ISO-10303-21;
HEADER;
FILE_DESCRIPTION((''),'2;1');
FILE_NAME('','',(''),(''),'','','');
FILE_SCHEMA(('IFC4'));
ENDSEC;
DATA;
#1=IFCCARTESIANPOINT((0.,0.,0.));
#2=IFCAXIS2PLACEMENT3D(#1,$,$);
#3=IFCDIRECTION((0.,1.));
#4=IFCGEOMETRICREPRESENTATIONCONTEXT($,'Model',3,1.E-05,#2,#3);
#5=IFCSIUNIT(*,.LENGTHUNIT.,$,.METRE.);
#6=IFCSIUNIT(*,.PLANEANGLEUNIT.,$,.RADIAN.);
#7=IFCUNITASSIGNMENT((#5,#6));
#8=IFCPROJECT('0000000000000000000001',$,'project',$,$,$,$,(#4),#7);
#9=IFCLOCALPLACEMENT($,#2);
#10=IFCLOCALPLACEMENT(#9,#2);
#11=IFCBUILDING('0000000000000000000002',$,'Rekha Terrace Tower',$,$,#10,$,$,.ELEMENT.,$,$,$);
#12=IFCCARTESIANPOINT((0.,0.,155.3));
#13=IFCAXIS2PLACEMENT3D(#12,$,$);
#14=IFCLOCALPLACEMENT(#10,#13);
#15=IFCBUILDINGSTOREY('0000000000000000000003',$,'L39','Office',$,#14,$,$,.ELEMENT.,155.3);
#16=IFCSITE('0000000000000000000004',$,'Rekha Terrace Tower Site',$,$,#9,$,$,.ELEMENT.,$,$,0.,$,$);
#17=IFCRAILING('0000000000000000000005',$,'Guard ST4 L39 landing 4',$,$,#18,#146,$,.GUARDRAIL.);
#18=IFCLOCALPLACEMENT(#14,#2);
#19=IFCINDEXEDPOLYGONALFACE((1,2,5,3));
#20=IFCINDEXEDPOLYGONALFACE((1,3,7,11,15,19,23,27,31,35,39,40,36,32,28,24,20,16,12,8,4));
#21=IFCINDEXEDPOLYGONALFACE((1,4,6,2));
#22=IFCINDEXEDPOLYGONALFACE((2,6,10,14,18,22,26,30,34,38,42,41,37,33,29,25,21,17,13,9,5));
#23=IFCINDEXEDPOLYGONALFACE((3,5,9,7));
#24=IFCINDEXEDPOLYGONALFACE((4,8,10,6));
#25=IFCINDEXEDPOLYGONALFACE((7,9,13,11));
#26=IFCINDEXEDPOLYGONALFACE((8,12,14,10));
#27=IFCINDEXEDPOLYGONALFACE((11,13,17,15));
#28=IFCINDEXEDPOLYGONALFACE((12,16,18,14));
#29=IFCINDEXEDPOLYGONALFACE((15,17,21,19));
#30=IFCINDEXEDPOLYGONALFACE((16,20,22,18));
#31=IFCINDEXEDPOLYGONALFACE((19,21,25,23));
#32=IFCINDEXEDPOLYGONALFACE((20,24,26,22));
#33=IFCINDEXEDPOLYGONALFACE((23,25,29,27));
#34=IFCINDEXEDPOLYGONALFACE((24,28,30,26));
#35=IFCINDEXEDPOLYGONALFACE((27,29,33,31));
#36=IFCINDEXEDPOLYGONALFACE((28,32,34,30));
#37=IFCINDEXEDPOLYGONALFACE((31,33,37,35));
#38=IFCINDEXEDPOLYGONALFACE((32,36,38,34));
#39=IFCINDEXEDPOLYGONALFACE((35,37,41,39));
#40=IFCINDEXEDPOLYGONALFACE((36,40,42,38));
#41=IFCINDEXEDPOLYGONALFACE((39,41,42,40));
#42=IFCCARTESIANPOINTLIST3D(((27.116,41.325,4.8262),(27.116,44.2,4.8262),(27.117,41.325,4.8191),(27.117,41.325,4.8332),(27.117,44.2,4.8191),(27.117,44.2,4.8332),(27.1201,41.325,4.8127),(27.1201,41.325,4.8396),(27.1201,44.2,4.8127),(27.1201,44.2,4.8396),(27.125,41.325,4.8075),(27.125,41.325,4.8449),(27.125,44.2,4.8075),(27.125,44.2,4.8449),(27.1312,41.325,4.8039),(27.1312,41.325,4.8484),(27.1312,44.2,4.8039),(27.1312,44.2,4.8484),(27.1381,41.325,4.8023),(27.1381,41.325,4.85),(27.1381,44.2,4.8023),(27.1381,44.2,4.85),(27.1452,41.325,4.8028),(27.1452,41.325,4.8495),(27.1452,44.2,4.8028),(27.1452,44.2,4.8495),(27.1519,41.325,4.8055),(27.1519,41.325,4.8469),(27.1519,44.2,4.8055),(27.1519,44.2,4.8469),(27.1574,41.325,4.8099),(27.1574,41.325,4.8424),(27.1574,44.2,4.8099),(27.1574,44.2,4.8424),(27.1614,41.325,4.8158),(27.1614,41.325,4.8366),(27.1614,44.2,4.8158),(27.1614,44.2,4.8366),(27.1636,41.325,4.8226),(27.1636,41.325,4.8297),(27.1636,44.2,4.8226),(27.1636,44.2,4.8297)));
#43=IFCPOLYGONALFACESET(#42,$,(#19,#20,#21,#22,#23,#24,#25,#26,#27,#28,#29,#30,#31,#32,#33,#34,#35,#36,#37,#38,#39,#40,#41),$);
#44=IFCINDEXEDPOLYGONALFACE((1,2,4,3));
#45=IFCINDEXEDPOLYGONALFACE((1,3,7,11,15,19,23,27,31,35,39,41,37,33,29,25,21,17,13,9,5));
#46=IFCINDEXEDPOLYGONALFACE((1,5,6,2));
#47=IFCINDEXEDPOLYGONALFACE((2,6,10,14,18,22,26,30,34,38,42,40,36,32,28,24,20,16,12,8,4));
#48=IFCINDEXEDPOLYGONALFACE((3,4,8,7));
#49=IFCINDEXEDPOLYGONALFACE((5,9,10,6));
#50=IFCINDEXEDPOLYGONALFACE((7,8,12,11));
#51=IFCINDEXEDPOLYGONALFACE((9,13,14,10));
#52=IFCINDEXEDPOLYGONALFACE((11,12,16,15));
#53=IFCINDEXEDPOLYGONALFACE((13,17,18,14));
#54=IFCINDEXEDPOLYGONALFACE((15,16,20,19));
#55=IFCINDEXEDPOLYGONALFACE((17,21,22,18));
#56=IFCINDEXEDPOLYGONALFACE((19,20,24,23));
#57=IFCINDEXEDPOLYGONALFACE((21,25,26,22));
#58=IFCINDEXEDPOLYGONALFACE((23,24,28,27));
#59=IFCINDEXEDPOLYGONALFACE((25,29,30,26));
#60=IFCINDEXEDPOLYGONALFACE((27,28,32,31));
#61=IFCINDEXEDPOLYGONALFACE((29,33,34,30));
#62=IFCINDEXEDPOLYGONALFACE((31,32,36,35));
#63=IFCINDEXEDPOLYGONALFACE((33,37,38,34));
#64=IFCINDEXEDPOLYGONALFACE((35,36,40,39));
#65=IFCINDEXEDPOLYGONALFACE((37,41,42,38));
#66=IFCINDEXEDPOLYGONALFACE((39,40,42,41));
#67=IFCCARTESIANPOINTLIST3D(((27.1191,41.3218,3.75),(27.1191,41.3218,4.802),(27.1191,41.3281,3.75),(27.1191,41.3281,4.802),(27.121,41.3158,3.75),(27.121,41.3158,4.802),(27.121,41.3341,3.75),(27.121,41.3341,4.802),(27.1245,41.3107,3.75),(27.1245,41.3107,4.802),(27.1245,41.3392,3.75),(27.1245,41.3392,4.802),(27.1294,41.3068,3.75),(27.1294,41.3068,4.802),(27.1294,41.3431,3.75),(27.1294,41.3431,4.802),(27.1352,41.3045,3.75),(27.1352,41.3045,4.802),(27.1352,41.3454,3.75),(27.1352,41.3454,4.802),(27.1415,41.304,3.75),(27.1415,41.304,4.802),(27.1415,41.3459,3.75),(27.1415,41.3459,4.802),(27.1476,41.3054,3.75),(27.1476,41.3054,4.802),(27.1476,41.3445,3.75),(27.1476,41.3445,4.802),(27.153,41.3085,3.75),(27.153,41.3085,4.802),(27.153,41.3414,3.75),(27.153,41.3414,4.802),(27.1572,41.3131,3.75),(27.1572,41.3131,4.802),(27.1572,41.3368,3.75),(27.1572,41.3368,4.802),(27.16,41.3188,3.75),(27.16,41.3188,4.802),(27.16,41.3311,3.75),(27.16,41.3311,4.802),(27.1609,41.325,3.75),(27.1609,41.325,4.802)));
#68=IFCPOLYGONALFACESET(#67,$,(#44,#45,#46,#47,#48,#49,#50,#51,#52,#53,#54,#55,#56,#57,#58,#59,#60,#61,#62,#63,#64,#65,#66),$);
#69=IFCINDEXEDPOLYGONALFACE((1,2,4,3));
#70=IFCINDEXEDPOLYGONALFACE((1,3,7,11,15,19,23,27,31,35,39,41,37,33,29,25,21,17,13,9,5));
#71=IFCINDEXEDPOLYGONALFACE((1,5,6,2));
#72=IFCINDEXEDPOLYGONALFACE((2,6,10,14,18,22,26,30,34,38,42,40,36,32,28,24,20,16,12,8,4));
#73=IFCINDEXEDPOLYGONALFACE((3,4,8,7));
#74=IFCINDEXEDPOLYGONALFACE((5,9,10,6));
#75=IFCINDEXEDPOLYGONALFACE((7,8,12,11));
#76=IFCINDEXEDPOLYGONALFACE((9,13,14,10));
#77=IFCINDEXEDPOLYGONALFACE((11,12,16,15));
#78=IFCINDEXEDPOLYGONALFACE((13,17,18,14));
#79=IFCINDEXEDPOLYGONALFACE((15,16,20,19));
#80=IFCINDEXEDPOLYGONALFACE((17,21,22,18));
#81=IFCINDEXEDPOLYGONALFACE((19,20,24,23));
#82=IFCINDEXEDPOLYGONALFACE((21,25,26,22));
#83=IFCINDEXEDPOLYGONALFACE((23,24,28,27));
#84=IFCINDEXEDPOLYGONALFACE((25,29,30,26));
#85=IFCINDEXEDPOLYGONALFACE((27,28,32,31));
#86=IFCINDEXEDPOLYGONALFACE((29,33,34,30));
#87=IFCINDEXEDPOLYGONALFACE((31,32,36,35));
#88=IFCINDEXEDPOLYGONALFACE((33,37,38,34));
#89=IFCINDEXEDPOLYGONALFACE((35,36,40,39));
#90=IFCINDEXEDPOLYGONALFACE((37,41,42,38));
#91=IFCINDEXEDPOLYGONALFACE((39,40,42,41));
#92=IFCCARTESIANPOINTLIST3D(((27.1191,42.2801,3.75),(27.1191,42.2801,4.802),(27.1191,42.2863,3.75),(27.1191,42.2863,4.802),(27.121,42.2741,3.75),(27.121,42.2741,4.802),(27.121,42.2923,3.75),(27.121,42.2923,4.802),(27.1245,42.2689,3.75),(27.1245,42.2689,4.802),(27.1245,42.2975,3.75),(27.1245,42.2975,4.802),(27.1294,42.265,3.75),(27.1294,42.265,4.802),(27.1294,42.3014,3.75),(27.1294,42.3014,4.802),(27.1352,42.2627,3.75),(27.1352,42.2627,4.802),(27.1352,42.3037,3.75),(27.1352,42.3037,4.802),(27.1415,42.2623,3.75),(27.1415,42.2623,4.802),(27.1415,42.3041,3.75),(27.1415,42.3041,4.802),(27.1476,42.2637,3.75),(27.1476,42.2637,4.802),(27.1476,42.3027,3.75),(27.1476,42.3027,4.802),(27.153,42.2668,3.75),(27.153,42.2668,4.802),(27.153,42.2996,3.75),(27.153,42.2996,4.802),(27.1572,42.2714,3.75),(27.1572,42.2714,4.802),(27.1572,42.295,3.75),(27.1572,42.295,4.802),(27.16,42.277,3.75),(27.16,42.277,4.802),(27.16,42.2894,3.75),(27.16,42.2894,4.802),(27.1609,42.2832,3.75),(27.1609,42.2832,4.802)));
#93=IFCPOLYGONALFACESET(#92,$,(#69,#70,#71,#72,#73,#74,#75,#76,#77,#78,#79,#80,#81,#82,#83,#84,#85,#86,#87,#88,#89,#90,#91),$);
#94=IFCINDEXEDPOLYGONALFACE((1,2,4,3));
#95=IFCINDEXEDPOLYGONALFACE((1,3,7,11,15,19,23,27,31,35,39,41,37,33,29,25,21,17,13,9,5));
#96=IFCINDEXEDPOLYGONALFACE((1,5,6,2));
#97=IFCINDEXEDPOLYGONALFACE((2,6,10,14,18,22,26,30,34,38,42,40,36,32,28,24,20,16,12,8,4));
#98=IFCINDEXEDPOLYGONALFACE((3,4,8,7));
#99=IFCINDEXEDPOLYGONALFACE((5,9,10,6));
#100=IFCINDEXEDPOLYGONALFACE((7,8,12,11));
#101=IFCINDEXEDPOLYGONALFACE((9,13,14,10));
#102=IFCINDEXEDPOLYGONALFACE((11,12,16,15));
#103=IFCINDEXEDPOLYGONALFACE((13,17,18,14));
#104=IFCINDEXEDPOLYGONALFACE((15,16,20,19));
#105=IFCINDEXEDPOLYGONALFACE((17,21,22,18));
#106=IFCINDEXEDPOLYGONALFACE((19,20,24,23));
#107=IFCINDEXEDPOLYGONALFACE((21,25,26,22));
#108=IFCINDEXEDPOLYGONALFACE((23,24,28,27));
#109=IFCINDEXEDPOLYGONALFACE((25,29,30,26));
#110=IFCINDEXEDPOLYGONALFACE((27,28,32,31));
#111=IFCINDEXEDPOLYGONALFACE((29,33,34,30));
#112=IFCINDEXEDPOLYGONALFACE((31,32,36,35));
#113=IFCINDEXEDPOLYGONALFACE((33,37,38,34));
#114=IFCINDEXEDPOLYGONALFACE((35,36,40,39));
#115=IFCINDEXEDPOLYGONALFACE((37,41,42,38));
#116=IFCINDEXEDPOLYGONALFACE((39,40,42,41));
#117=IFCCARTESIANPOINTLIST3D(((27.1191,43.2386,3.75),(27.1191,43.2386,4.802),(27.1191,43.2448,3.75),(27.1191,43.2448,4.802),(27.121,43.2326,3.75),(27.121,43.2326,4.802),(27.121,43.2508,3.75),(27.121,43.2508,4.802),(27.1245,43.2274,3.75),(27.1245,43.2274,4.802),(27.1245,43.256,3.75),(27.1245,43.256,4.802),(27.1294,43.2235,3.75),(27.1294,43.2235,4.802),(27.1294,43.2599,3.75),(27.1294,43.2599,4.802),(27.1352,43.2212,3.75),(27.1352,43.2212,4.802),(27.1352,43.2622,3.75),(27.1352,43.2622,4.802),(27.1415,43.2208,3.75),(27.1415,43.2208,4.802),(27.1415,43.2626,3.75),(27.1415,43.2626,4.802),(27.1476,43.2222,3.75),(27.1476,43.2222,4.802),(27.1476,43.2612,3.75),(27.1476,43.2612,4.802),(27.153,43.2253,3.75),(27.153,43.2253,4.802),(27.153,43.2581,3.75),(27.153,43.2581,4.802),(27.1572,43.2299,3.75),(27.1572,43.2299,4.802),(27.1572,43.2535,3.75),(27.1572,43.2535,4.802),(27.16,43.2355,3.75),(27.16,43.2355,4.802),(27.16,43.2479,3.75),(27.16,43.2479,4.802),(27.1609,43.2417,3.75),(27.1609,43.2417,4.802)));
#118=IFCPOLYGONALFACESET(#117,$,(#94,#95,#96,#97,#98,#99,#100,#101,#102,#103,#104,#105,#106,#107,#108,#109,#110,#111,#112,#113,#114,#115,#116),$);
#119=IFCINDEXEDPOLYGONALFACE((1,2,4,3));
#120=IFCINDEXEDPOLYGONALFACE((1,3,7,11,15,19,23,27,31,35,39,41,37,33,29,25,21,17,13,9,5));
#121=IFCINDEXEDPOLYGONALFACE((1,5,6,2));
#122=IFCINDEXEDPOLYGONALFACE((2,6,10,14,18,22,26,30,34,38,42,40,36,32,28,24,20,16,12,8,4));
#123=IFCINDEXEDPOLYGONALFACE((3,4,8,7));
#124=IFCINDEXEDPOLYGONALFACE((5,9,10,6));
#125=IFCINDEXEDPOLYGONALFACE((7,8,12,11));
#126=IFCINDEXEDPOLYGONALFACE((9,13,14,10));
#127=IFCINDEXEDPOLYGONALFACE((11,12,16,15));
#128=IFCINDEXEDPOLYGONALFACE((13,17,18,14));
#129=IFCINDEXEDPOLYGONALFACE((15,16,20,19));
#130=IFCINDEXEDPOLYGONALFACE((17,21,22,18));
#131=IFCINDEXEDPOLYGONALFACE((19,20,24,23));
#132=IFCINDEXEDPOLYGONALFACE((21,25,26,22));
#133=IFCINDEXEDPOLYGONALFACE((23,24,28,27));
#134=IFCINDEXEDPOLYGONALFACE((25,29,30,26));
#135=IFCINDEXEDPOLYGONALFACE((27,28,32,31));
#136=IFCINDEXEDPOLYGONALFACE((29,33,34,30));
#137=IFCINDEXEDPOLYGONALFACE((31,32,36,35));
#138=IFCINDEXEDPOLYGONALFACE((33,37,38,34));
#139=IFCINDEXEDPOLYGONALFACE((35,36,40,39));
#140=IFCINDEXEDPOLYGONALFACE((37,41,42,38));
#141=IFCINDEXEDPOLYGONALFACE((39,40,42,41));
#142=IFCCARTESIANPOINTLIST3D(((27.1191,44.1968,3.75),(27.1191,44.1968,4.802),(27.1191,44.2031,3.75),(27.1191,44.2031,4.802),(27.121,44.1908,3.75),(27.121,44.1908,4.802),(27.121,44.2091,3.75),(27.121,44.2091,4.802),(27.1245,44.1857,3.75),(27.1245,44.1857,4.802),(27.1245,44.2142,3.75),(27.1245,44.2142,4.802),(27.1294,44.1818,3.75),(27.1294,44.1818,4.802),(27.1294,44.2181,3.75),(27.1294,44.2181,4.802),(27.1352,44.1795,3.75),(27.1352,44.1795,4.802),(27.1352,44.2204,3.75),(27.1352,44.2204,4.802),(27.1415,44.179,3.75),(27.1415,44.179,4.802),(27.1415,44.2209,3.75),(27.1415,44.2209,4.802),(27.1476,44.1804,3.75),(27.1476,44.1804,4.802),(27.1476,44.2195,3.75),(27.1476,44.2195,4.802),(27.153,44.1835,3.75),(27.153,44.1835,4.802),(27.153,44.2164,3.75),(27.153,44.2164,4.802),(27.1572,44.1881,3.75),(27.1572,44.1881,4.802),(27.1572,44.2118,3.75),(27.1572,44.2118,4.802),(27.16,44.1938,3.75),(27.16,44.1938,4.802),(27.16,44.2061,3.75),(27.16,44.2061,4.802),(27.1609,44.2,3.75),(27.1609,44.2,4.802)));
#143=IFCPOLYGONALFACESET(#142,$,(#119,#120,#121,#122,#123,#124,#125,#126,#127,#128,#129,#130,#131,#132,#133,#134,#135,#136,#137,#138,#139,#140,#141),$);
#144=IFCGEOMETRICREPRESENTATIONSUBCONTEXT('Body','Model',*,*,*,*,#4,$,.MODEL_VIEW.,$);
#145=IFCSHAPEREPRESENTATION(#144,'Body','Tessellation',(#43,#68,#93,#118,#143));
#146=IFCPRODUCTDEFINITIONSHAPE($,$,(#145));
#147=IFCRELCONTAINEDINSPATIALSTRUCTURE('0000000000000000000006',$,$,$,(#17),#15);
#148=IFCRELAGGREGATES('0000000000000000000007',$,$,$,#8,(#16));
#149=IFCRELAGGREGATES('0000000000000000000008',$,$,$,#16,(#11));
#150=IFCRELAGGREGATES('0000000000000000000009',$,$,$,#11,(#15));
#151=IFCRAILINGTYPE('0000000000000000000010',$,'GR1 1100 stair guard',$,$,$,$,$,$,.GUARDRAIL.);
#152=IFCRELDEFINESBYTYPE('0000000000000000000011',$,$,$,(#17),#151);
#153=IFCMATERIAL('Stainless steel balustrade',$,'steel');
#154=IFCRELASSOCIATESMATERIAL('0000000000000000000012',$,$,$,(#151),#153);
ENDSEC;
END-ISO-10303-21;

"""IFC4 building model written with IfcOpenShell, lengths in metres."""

from ifc_helpers import new_model, si_unit, direction, frame, origin, origin_2d, place, context, subcontext, project, spatial, circle, extrude, material, type_object, element, save


model = new_model("IFC4")

# Units and contexts
model_context = context("Model", 3, precision=1e-05, world=origin(), true_north=direction((0.0, 1.0)))
body_context = subcontext(model_context, "Body", "Model", "MODEL_VIEW")
ifc_project = project(units=[si_unit("LENGTHUNIT", "METRE"), si_unit("PLANEANGLEUNIT", "RADIAN")], contexts=[model_context])

# Site, building, storey
site_placement = place(None, origin())
site = spatial("IfcSite", under=ifc_project, at=site_placement, Name="Rekha Terrace Tower Site", CompositionType="ELEMENT", RefElevation=0.0)
building_placement = place(site_placement, origin())
building = spatial("IfcBuilding", under=site, at=building_placement, Name="Rekha Terrace Tower", CompositionType="ELEMENT")
storey_placement = place(building_placement, frame((0.0, 0.0, 155.3)))
storey = spatial("IfcBuildingStorey", under=building, at=storey_placement, Name="L39", Description="Office", CompositionType="ELEMENT", Elevation=155.3)

# Railing
ifc_material_1 = material(Name="Stainless steel balustrade", Category="steel")
railing_type_1 = type_object("IfcRailingType", Name="GR1 1100 stair guard", PredefinedType="GUARDRAIL", material=ifc_material_1)
railing_1_placement = place(storey_placement, frame((27.1399, 41.325, 3.75)))
element("IfcRailing", 1, at=railing_1_placement, inside=storey, type_object=railing_type_1, Name="Guard ST4 L39 landing 4", PredefinedType="GUARDRAIL", context=body_context, shape_type="SweptSolid", body=[
    extrude(circle(Radius=0.0239, at=origin_2d()), frame((0.0, 0.0, 1.0762), z_axis=(0.0, 1.0, 0.0), x_axis=(-1.0, 0.0, 0.0)), (0.0, 0.0, 1.0), 2.875),
    extrude(circle(Radius=0.021, at=origin_2d()), origin(), (0.0, 0.0, 1.0), 1.052),
    extrude(circle(Radius=0.021, at=origin_2d()), frame((0.0, 0.9583, 0.0)), (0.0, 0.0, 1.0), 1.052),
    extrude(circle(Radius=0.021, at=origin_2d()), frame((0.0, 1.9167, 0.0)), (0.0, 0.0, 1.0), 1.052),
    extrude(circle(Radius=0.021, at=origin_2d()), frame((0.0, 2.875, 0.0)), (0.0, 0.0, 1.0), 1.052),
])

save(model, "model.ifc")
